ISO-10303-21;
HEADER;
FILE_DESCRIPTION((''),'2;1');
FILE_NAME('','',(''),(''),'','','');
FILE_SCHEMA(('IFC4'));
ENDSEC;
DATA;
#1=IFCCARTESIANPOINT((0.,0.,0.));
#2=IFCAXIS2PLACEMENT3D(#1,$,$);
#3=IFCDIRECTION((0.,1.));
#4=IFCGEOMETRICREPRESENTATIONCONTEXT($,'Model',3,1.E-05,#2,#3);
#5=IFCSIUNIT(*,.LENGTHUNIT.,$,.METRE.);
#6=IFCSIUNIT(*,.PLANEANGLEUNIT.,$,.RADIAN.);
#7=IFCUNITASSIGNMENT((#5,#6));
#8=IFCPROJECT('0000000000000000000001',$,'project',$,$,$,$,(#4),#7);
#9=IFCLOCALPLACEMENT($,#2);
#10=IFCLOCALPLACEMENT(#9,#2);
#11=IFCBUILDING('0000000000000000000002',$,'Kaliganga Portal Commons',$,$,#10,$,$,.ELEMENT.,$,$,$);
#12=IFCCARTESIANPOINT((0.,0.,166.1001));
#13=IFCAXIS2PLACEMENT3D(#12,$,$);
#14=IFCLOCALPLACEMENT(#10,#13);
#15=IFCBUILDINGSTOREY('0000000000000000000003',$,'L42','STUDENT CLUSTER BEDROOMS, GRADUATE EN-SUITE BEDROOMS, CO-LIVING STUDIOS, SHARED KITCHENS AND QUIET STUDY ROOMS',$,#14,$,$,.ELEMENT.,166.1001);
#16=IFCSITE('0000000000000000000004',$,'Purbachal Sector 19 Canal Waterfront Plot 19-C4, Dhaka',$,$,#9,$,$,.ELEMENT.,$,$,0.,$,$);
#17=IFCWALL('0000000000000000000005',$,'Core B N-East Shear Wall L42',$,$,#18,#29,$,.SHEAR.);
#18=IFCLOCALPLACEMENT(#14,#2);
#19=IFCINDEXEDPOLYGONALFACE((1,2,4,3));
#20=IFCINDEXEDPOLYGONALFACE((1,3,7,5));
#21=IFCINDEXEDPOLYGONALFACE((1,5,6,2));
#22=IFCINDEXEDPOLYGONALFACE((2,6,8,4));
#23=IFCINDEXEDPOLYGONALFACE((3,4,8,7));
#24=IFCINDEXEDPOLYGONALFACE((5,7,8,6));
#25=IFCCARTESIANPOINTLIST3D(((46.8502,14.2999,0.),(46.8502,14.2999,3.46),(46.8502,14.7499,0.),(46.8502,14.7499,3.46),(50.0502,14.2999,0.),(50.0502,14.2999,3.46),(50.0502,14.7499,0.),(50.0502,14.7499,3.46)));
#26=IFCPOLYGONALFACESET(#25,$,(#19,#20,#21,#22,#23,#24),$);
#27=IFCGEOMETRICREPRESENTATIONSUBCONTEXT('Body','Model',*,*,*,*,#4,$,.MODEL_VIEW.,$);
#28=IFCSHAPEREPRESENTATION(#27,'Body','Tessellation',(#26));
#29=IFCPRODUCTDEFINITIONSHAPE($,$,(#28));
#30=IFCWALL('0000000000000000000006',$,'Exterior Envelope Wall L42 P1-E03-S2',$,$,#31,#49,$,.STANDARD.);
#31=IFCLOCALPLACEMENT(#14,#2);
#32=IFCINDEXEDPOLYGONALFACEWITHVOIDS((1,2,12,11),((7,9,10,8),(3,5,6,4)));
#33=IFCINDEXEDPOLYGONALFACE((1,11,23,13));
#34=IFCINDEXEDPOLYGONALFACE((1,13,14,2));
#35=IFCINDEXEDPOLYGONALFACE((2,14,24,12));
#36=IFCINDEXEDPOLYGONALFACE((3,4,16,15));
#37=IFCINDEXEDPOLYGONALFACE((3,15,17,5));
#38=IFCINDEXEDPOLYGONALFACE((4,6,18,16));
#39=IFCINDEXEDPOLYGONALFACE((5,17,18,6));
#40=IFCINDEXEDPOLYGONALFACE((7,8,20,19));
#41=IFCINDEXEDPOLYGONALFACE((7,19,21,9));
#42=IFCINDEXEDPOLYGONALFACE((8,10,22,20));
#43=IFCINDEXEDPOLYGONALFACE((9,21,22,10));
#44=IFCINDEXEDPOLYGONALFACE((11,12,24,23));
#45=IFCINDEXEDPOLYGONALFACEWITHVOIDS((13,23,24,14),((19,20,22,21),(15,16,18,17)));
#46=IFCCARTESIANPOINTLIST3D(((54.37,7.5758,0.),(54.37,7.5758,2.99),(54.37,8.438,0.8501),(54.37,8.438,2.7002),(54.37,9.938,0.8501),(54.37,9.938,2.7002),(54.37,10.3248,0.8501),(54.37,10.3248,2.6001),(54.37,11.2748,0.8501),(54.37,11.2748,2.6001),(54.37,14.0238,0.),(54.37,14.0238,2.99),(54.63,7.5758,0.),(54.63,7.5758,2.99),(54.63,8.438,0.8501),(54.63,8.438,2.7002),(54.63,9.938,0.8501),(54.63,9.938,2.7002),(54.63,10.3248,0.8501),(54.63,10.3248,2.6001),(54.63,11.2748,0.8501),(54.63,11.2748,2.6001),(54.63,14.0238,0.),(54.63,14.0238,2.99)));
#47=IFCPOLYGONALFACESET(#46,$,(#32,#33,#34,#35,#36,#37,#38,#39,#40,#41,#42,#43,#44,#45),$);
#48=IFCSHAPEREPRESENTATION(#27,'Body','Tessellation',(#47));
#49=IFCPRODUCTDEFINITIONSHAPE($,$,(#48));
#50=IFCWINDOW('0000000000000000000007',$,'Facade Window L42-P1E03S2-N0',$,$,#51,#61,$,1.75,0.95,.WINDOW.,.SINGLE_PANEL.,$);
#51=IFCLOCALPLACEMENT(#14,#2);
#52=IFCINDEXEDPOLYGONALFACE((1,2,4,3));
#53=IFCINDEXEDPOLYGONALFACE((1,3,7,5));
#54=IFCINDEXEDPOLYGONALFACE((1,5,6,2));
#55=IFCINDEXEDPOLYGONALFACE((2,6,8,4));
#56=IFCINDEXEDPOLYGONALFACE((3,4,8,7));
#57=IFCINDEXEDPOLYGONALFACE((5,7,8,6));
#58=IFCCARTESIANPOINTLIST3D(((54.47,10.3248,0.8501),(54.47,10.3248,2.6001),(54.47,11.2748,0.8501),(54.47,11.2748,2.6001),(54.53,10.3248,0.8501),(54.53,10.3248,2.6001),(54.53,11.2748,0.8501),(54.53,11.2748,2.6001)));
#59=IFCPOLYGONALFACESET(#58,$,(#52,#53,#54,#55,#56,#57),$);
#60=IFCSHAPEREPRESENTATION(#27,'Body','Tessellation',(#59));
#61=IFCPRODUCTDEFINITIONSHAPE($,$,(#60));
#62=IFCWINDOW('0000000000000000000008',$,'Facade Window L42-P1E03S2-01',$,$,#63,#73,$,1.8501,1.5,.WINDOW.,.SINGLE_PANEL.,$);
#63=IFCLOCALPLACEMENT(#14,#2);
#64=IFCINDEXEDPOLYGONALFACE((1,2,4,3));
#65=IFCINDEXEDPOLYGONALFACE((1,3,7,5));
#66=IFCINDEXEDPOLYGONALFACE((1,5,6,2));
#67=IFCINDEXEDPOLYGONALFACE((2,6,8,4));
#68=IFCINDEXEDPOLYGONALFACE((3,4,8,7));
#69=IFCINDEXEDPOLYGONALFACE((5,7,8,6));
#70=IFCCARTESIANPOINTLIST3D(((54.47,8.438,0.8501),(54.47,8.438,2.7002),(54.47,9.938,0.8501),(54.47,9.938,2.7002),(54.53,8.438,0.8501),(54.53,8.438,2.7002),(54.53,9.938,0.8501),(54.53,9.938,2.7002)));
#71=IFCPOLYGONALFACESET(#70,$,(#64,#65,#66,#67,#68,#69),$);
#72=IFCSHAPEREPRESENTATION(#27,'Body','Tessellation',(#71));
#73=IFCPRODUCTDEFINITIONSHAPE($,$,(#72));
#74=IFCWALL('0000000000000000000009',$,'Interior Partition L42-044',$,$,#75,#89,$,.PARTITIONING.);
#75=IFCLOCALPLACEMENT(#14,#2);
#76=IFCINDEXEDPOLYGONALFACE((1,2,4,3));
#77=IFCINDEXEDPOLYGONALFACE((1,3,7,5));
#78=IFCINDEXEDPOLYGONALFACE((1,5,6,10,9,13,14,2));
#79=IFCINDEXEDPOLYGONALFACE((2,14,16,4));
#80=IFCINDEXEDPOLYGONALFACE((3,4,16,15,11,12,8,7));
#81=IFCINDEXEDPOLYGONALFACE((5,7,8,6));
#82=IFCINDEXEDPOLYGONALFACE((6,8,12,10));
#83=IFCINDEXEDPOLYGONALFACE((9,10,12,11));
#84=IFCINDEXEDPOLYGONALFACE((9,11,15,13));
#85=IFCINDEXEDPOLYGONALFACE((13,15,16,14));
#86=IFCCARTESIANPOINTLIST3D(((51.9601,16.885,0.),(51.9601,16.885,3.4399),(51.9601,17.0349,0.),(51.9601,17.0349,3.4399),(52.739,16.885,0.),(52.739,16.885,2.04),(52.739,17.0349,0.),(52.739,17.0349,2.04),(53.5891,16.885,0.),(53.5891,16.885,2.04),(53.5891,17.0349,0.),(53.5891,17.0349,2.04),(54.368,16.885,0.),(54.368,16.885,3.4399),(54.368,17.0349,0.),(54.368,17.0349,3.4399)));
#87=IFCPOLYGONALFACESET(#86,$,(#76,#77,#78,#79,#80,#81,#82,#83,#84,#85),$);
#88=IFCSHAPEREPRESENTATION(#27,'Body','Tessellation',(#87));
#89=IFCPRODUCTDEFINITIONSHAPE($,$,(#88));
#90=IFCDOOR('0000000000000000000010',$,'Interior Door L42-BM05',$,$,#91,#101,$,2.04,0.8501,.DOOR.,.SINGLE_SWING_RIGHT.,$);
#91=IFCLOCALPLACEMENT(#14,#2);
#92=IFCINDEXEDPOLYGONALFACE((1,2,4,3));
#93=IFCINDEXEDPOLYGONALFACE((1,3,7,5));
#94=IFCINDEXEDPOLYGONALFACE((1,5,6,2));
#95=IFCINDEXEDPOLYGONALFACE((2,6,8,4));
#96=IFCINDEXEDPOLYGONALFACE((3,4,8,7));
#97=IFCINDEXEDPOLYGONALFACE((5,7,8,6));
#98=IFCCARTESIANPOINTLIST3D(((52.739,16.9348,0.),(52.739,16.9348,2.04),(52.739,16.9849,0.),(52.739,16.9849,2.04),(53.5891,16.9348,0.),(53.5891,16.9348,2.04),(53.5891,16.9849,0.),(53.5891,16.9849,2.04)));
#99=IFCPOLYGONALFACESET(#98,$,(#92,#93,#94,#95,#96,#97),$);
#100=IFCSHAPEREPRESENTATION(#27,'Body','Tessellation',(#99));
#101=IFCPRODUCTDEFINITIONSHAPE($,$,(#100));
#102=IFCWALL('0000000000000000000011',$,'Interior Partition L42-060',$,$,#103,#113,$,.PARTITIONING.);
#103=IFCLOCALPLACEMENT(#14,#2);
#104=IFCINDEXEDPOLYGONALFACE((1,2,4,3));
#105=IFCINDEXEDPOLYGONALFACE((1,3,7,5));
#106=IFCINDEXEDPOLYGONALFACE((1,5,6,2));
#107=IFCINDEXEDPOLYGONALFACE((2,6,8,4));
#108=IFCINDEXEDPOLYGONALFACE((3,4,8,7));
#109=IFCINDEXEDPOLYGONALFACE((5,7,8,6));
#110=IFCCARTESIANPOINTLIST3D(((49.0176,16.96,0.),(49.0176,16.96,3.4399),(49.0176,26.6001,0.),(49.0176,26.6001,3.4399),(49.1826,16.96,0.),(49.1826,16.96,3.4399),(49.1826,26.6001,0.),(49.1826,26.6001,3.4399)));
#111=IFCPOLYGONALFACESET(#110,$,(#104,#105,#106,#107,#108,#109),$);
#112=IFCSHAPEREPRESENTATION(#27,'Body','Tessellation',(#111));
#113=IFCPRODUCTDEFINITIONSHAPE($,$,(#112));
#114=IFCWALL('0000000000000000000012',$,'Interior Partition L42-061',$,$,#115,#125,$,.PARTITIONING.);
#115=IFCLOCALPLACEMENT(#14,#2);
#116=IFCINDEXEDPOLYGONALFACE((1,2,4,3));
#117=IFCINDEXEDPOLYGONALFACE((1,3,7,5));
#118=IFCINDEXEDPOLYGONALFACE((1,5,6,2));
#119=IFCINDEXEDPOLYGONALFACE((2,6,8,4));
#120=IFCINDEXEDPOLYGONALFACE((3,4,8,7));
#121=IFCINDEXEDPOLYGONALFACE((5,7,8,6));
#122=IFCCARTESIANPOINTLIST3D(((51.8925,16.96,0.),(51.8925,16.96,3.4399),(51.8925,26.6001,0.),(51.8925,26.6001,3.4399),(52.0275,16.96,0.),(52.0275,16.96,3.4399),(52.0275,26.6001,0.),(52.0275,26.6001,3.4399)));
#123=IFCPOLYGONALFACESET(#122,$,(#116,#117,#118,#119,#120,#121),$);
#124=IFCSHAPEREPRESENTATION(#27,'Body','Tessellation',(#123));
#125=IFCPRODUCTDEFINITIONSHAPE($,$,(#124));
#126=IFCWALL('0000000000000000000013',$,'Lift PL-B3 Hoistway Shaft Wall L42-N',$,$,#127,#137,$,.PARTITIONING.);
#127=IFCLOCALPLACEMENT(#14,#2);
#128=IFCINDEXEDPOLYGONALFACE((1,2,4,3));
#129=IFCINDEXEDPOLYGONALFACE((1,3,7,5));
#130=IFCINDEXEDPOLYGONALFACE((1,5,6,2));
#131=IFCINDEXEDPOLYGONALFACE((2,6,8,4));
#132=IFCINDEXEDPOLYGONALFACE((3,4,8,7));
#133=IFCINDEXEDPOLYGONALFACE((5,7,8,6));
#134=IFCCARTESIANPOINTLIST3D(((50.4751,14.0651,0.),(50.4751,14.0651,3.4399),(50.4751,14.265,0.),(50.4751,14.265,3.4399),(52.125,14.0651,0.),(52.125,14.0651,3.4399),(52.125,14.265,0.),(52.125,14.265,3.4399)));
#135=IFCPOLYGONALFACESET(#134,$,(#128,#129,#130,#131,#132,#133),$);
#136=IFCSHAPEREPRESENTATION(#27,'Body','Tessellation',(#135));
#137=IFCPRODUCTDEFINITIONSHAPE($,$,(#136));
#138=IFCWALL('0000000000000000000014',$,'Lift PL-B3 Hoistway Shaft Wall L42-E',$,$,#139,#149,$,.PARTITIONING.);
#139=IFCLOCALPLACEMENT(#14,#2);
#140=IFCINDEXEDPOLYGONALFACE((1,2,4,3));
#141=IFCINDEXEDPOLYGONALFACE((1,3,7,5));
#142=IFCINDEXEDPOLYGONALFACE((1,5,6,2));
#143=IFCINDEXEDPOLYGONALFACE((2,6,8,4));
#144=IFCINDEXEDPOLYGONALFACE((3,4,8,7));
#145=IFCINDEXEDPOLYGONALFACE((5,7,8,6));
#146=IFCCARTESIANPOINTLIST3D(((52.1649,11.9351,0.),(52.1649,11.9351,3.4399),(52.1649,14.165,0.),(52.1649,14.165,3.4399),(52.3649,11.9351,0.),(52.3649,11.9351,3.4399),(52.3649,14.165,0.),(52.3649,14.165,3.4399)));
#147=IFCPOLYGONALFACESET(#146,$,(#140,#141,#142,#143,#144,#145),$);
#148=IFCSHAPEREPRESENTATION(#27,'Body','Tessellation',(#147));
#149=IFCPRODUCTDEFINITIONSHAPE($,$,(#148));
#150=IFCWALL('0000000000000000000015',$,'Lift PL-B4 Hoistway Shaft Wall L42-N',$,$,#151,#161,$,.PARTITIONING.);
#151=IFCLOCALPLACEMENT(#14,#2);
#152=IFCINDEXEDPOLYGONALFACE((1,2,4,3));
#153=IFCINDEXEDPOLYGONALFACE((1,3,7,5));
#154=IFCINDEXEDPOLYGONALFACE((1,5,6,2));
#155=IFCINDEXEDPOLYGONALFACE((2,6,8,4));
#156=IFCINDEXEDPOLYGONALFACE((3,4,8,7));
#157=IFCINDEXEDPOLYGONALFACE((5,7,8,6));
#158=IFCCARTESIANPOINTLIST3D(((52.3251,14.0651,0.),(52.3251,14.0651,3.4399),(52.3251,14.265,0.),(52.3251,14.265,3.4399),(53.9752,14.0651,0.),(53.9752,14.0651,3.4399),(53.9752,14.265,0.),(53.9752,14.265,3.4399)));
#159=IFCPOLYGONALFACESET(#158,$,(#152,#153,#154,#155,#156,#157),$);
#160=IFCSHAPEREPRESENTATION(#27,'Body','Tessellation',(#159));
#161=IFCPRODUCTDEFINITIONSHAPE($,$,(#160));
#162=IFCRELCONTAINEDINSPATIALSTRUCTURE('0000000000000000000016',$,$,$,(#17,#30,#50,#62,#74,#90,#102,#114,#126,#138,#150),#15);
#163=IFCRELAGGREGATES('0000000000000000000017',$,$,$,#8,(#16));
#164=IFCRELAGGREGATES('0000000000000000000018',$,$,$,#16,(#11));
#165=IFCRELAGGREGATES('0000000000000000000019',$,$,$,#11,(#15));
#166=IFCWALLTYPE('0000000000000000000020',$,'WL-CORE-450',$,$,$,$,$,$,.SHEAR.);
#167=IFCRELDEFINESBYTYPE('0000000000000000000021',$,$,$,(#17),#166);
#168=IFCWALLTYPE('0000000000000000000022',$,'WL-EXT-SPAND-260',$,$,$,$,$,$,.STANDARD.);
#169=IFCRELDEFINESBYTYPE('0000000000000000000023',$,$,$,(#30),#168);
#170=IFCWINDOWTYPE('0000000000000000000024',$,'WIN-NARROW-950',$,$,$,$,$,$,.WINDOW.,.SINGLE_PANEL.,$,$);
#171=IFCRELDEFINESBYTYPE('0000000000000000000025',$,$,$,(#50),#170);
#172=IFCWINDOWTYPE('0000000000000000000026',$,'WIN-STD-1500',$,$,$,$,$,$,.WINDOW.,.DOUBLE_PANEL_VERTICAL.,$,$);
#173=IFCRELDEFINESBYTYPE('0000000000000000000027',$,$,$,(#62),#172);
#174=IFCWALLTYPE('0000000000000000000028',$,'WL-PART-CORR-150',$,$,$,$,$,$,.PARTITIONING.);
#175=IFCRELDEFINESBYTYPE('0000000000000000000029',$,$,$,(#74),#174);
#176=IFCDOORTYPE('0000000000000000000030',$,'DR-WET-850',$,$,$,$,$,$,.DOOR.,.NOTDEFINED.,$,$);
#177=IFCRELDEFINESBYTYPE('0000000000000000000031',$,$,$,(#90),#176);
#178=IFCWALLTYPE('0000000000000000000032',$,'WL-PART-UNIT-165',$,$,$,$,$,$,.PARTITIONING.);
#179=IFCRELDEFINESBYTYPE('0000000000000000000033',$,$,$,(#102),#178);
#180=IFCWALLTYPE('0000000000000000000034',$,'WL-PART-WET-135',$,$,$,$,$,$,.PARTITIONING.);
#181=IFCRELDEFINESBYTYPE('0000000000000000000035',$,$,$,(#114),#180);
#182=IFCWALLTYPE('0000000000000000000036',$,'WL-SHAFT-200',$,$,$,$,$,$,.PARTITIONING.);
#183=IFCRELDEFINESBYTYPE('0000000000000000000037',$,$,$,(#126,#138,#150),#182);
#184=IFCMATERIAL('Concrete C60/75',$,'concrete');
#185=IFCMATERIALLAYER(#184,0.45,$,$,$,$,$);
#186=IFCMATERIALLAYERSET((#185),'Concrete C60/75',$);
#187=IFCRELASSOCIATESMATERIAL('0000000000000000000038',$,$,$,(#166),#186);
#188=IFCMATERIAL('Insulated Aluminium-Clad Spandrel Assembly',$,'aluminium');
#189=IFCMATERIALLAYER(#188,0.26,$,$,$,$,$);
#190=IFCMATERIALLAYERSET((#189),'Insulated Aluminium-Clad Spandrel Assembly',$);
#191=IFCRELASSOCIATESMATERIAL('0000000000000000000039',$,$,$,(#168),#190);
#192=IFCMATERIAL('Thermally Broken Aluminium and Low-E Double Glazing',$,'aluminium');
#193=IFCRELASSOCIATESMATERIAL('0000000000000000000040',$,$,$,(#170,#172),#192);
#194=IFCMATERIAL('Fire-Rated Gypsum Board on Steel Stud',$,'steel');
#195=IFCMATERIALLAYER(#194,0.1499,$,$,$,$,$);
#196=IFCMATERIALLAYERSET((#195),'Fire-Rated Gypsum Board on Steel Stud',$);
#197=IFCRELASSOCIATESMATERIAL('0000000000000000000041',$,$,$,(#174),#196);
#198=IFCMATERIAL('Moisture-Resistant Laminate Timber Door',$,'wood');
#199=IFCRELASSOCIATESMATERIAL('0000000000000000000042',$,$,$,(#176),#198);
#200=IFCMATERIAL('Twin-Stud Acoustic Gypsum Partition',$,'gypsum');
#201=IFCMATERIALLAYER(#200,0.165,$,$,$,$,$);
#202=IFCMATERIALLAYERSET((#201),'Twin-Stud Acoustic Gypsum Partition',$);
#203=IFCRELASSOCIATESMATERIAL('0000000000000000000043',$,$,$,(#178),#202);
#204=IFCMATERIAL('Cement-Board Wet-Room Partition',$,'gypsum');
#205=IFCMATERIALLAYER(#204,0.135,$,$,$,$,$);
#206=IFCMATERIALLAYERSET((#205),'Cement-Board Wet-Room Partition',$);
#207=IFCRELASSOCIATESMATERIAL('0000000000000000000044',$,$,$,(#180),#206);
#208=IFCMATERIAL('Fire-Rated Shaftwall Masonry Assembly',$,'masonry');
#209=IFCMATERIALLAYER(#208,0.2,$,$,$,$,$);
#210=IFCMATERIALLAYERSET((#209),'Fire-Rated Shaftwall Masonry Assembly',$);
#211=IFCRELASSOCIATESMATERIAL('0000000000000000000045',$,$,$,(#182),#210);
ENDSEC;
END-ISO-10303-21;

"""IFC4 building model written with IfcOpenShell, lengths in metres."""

from ifc_helpers import new_model, si_unit, direction, frame, frame_2d, origin, place, context, subcontext, project, spatial, rectangle, extrude, material, layer, layer_set, type_object, element, fill, save


model = new_model("IFC4")

# Units and contexts
model_context = context("Model", 3, precision=1e-05, world=origin(), true_north=direction((0.0, 1.0)))
body_context = subcontext(model_context, "Body", "Model", "MODEL_VIEW")
ifc_project = project(units=[si_unit("LENGTHUNIT", "METRE"), si_unit("PLANEANGLEUNIT", "RADIAN")], contexts=[model_context])

# Site, building, storey
site_placement = place(None, origin())
site = spatial("IfcSite", under=ifc_project, at=site_placement, Name="Purbachal Sector 19 Canal Waterfront Plot 19-C4, Dhaka", CompositionType="ELEMENT", RefElevation=0.0)
building_placement = place(site_placement, origin())
building = spatial("IfcBuilding", under=site, at=building_placement, Name="Kaliganga Portal Commons", CompositionType="ELEMENT")
storey_placement = place(building_placement, frame((0.0, 0.0, 166.1001)))
storey = spatial("IfcBuildingStorey", under=building, at=storey_placement, Name="L42", Description="STUDENT CLUSTER BEDROOMS, GRADUATE EN-SUITE BEDROOMS, CO-LIVING STUDIOS, SHARED KITCHENS AND QUIET STUDY ROOMS", CompositionType="ELEMENT", Elevation=166.1001)

# Shared definitions
ifc_material_1 = material(Name="Concrete C60/75", Category="concrete")

# Wall
ifc_layer_1 = layer(ifc_material_1, 0.45)
ifc_layer_set_1 = layer_set([ifc_layer_1], Name="Concrete C60/75")
wall_type_1 = type_object("IfcWallType", Name="WL-CORE-450", PredefinedType="SHEAR", material=ifc_layer_set_1)
wall_1_placement = place(storey_placement, frame((46.8501, 14.5249, 0.0), z_axis=(0.0, 0.0, 1.0), x_axis=(1.0, 0.0, 0.0)))
element("IfcWall", 1, at=wall_1_placement, inside=storey, type_object=wall_type_1, Name="Core B N-East Shear Wall L42", PredefinedType="SHEAR", context=body_context, shape_type="SweptSolid", body=[
    extrude(rectangle(XDim=3.2, YDim=0.45, at=frame_2d((1.6001, 0.0))), origin(), (0.0, 0.0, 1.0), 3.46),
])

# Wall, openings, windows
ifc_material_2 = material(Name="Insulated Aluminium-Clad Spandrel Assembly", Category="aluminium")
ifc_layer_2 = layer(ifc_material_2, 0.26)
ifc_layer_set_2 = layer_set([ifc_layer_2], Name="Insulated Aluminium-Clad Spandrel Assembly")
wall_type_2 = type_object("IfcWallType", Name="WL-EXT-SPAND-260", PredefinedType="STANDARD", material=ifc_layer_set_2)
wall_2_placement = place(storey_placement, frame((54.5, 14.0239, 0.0), z_axis=(0.0, 0.0, 1.0), x_axis=(0.0, -1.0, 0.0)))
wall_2 = element("IfcWall", 2, at=wall_2_placement, inside=storey, type_object=wall_type_2, Name="Exterior Envelope Wall L42 P1-E03-S2", PredefinedType="STANDARD", context=body_context, shape_type="SweptSolid", body=[
    extrude(rectangle(XDim=6.448, YDim=0.26, at=frame_2d((3.2241, 0.0))), origin(), (0.0, 0.0, 1.0), 2.99),
])
opening_1_placement = place(wall_2_placement, frame((4.0859, 0.0, 0.8501)))
opening_1 = element("IfcOpeningElement", 3, at=opening_1_placement, cuts=wall_2, PredefinedType="OPENING", context=body_context, shape_type="SweptSolid", body=[
    extrude(rectangle(XDim=1.5, YDim=1.8501, at=frame_2d((0.75, 0.925))), frame((0.0, 0.1401, 0.0), z_axis=(0.0, -1.0, 0.0), x_axis=(1.0, 0.0, 0.0)), (0.0, 0.0, 1.0), 0.28),
])
opening_2_placement = place(wall_2_placement, frame((2.749, 0.0, 0.8501)))
opening_2 = element("IfcOpeningElement", 4, at=opening_2_placement, cuts=wall_2, PredefinedType="OPENING", context=body_context, shape_type="SweptSolid", body=[
    extrude(rectangle(XDim=0.95, YDim=1.75, at=frame_2d((0.4751, 0.875))), frame((0.0, 0.1401, 0.0), z_axis=(0.0, -1.0, 0.0), x_axis=(1.0, 0.0, 0.0)), (0.0, 0.0, 1.0), 0.28),
])
ifc_material_3 = material(Name="Thermally Broken Aluminium and Low-E Double Glazing", Category="aluminium")
window_type_1 = type_object("IfcWindowType", Name="WIN-NARROW-950", PartitioningType="SINGLE_PANEL", PredefinedType="WINDOW", material=ifc_material_3)
window_1_placement = place(opening_2_placement, origin())
window_1 = element("IfcWindow", 5, at=window_1_placement, inside=storey, type_object=window_type_1, Name="Facade Window L42-P1E03S2-N0", OverallHeight=1.75, OverallWidth=0.95, PartitioningType="SINGLE_PANEL", PredefinedType="WINDOW", context=body_context, shape_type="SweptSolid", body=[
    extrude(rectangle(XDim=0.95, YDim=1.75, at=frame_2d((0.4751, 0.875))), frame((0.0, 0.03, 0.0), z_axis=(0.0, -1.0, 0.0), x_axis=(1.0, 0.0, 0.0)), (0.0, 0.0, 1.0), 0.0601),
])
fill(opening_2, window_1)
window_type_2 = type_object("IfcWindowType", Name="WIN-STD-1500", PartitioningType="DOUBLE_PANEL_VERTICAL", PredefinedType="WINDOW", material=ifc_material_3)
window_2_placement = place(opening_1_placement, origin())
window_2 = element("IfcWindow", 6, at=window_2_placement, inside=storey, type_object=window_type_2, Name="Facade Window L42-P1E03S2-01", OverallHeight=1.8501, OverallWidth=1.5, PartitioningType="SINGLE_PANEL", PredefinedType="WINDOW", context=body_context, shape_type="SweptSolid", body=[
    extrude(rectangle(XDim=1.5, YDim=1.8501, at=frame_2d((0.75, 0.925))), frame((0.0, 0.03, 0.0), z_axis=(0.0, -1.0, 0.0), x_axis=(1.0, 0.0, 0.0)), (0.0, 0.0, 1.0), 0.0601),
])
fill(opening_1, window_2)

# Wall, opening, door
ifc_material_4 = material(Name="Fire-Rated Gypsum Board on Steel Stud", Category="steel")
ifc_layer_3 = layer(ifc_material_4, 0.1499)
ifc_layer_set_3 = layer_set([ifc_layer_3], Name="Fire-Rated Gypsum Board on Steel Stud")
wall_type_3 = type_object("IfcWallType", Name="WL-PART-CORR-150", PredefinedType="PARTITIONING", material=ifc_layer_set_3)
wall_3_placement = place(storey_placement, frame((51.96, 16.96, 0.0), z_axis=(0.0, 0.0, 1.0), x_axis=(1.0, 0.0, 0.0)))
wall_3 = element("IfcWall", 7, at=wall_3_placement, inside=storey, type_object=wall_type_3, Name="Interior Partition L42-044", PredefinedType="PARTITIONING", context=body_context, shape_type="SweptSolid", body=[
    extrude(rectangle(XDim=2.408, YDim=0.1499, at=frame_2d((1.2041, 0.0))), origin(), (0.0, 0.0, 1.0), 3.4399),
])
opening_3_placement = place(wall_3_placement, frame((0.7791, 0.0, 0.0)))
opening_3 = element("IfcOpeningElement", 8, at=opening_3_placement, cuts=wall_3, PredefinedType="OPENING", context=body_context, shape_type="SweptSolid", body=[
    extrude(rectangle(XDim=0.8501, YDim=2.04, at=frame_2d((0.425, 1.02))), frame((0.0, 0.085, 0.0), z_axis=(0.0, -1.0, 0.0), x_axis=(1.0, 0.0, 0.0)), (0.0, 0.0, 1.0), 0.1699),
])
ifc_material_5 = material(Name="Moisture-Resistant Laminate Timber Door", Category="wood")
door_type_1 = type_object("IfcDoorType", Name="DR-WET-850", OperationType="NOTDEFINED", PredefinedType="DOOR", material=ifc_material_5)
door_1_placement = place(opening_3_placement, origin())
door_1 = element("IfcDoor", 9, at=door_1_placement, inside=storey, type_object=door_type_1, Name="Interior Door L42-BM05", OperationType="SINGLE_SWING_RIGHT", OverallHeight=2.04, OverallWidth=0.8501, PredefinedType="DOOR", context=body_context, shape_type="SweptSolid", body=[
    extrude(rectangle(XDim=0.8501, YDim=2.04, at=frame_2d((0.425, 1.02))), frame((0.0, 0.0249, 0.0), z_axis=(0.0, -1.0, 0.0), x_axis=(1.0, 0.0, 0.0)), (0.0, 0.0, 1.0), 0.05),
])
fill(opening_3, door_1)

# Walls
ifc_material_6 = material(Name="Twin-Stud Acoustic Gypsum Partition", Category="gypsum")
ifc_layer_4 = layer(ifc_material_6, 0.165)
ifc_layer_set_4 = layer_set([ifc_layer_4], Name="Twin-Stud Acoustic Gypsum Partition")
wall_type_4 = type_object("IfcWallType", Name="WL-PART-UNIT-165", PredefinedType="PARTITIONING", material=ifc_layer_set_4)
wall_4_placement = place(storey_placement, frame((49.1001, 16.96, 0.0), z_axis=(0.0, 0.0, 1.0), x_axis=(0.0, 1.0, 0.0)))
element("IfcWall", 10, at=wall_4_placement, inside=storey, type_object=wall_type_4, Name="Interior Partition L42-060", PredefinedType="PARTITIONING", context=body_context, shape_type="SweptSolid", body=[
    extrude(rectangle(XDim=9.6401, YDim=0.165, at=frame_2d((4.8201, 0.0))), origin(), (0.0, 0.0, 1.0), 3.4399),
])
ifc_material_7 = material(Name="Cement-Board Wet-Room Partition", Category="gypsum")
ifc_layer_5 = layer(ifc_material_7, 0.135)
ifc_layer_set_5 = layer_set([ifc_layer_5], Name="Cement-Board Wet-Room Partition")
wall_type_5 = type_object("IfcWallType", Name="WL-PART-WET-135", PredefinedType="PARTITIONING", material=ifc_layer_set_5)
wall_5_placement = place(storey_placement, frame((51.96, 16.96, 0.0), z_axis=(0.0, 0.0, 1.0), x_axis=(0.0, 1.0, 0.0)))
element("IfcWall", 11, at=wall_5_placement, inside=storey, type_object=wall_type_5, Name="Interior Partition L42-061", PredefinedType="PARTITIONING", context=body_context, shape_type="SweptSolid", body=[
    extrude(rectangle(XDim=9.6401, YDim=0.135, at=frame_2d((4.8201, 0.0))), origin(), (0.0, 0.0, 1.0), 3.4399),
])

# Shared definitions
ifc_material_8 = material(Name="Fire-Rated Shaftwall Masonry Assembly", Category="masonry")
ifc_layer_6 = layer(ifc_material_8, 0.2)
ifc_layer_set_6 = layer_set([ifc_layer_6], Name="Fire-Rated Shaftwall Masonry Assembly")
wall_type_6 = type_object("IfcWallType", Name="WL-SHAFT-200", PredefinedType="PARTITIONING", material=ifc_layer_set_6)

# Walls
wall_6_placement = place(storey_placement, frame((50.4751, 14.165, 0.0), z_axis=(0.0, 0.0, 1.0), x_axis=(1.0, 0.0, 0.0)))
element("IfcWall", 12, at=wall_6_placement, inside=storey, type_object=wall_type_6, Name="Lift PL-B3 Hoistway Shaft Wall L42-N", PredefinedType="PARTITIONING", context=body_context, shape_type="SweptSolid", body=[
    extrude(rectangle(XDim=1.6499, YDim=0.2, at=frame_2d((0.825, 0.0))), origin(), (0.0, 0.0, 1.0), 3.4399),
])
wall_7_placement = place(storey_placement, frame((52.2649, 11.9351, 0.0), z_axis=(0.0, 0.0, 1.0), x_axis=(0.0, 1.0, 0.0)))
element("IfcWall", 13, at=wall_7_placement, inside=storey, type_object=wall_type_6, Name="Lift PL-B3 Hoistway Shaft Wall L42-E", PredefinedType="PARTITIONING", context=body_context, shape_type="SweptSolid", body=[
    extrude(rectangle(XDim=2.23, YDim=0.2, at=frame_2d((1.115, 0.0))), origin(), (0.0, 0.0, 1.0), 3.4399),
])

# Wall
wall_8_placement = place(storey_placement, frame((52.325, 14.165, 0.0), z_axis=(0.0, 0.0, 1.0), x_axis=(1.0, 0.0, 0.0)))
element("IfcWall", 14, at=wall_8_placement, inside=storey, type_object=wall_type_6, Name="Lift PL-B4 Hoistway Shaft Wall L42-N", PredefinedType="PARTITIONING", context=body_context, shape_type="SweptSolid", body=[
    extrude(rectangle(XDim=1.6501, YDim=0.2, at=frame_2d((0.8252, 0.0))), origin(), (0.0, 0.0, 1.0), 3.4399),
])

save(model, "model.ifc")
